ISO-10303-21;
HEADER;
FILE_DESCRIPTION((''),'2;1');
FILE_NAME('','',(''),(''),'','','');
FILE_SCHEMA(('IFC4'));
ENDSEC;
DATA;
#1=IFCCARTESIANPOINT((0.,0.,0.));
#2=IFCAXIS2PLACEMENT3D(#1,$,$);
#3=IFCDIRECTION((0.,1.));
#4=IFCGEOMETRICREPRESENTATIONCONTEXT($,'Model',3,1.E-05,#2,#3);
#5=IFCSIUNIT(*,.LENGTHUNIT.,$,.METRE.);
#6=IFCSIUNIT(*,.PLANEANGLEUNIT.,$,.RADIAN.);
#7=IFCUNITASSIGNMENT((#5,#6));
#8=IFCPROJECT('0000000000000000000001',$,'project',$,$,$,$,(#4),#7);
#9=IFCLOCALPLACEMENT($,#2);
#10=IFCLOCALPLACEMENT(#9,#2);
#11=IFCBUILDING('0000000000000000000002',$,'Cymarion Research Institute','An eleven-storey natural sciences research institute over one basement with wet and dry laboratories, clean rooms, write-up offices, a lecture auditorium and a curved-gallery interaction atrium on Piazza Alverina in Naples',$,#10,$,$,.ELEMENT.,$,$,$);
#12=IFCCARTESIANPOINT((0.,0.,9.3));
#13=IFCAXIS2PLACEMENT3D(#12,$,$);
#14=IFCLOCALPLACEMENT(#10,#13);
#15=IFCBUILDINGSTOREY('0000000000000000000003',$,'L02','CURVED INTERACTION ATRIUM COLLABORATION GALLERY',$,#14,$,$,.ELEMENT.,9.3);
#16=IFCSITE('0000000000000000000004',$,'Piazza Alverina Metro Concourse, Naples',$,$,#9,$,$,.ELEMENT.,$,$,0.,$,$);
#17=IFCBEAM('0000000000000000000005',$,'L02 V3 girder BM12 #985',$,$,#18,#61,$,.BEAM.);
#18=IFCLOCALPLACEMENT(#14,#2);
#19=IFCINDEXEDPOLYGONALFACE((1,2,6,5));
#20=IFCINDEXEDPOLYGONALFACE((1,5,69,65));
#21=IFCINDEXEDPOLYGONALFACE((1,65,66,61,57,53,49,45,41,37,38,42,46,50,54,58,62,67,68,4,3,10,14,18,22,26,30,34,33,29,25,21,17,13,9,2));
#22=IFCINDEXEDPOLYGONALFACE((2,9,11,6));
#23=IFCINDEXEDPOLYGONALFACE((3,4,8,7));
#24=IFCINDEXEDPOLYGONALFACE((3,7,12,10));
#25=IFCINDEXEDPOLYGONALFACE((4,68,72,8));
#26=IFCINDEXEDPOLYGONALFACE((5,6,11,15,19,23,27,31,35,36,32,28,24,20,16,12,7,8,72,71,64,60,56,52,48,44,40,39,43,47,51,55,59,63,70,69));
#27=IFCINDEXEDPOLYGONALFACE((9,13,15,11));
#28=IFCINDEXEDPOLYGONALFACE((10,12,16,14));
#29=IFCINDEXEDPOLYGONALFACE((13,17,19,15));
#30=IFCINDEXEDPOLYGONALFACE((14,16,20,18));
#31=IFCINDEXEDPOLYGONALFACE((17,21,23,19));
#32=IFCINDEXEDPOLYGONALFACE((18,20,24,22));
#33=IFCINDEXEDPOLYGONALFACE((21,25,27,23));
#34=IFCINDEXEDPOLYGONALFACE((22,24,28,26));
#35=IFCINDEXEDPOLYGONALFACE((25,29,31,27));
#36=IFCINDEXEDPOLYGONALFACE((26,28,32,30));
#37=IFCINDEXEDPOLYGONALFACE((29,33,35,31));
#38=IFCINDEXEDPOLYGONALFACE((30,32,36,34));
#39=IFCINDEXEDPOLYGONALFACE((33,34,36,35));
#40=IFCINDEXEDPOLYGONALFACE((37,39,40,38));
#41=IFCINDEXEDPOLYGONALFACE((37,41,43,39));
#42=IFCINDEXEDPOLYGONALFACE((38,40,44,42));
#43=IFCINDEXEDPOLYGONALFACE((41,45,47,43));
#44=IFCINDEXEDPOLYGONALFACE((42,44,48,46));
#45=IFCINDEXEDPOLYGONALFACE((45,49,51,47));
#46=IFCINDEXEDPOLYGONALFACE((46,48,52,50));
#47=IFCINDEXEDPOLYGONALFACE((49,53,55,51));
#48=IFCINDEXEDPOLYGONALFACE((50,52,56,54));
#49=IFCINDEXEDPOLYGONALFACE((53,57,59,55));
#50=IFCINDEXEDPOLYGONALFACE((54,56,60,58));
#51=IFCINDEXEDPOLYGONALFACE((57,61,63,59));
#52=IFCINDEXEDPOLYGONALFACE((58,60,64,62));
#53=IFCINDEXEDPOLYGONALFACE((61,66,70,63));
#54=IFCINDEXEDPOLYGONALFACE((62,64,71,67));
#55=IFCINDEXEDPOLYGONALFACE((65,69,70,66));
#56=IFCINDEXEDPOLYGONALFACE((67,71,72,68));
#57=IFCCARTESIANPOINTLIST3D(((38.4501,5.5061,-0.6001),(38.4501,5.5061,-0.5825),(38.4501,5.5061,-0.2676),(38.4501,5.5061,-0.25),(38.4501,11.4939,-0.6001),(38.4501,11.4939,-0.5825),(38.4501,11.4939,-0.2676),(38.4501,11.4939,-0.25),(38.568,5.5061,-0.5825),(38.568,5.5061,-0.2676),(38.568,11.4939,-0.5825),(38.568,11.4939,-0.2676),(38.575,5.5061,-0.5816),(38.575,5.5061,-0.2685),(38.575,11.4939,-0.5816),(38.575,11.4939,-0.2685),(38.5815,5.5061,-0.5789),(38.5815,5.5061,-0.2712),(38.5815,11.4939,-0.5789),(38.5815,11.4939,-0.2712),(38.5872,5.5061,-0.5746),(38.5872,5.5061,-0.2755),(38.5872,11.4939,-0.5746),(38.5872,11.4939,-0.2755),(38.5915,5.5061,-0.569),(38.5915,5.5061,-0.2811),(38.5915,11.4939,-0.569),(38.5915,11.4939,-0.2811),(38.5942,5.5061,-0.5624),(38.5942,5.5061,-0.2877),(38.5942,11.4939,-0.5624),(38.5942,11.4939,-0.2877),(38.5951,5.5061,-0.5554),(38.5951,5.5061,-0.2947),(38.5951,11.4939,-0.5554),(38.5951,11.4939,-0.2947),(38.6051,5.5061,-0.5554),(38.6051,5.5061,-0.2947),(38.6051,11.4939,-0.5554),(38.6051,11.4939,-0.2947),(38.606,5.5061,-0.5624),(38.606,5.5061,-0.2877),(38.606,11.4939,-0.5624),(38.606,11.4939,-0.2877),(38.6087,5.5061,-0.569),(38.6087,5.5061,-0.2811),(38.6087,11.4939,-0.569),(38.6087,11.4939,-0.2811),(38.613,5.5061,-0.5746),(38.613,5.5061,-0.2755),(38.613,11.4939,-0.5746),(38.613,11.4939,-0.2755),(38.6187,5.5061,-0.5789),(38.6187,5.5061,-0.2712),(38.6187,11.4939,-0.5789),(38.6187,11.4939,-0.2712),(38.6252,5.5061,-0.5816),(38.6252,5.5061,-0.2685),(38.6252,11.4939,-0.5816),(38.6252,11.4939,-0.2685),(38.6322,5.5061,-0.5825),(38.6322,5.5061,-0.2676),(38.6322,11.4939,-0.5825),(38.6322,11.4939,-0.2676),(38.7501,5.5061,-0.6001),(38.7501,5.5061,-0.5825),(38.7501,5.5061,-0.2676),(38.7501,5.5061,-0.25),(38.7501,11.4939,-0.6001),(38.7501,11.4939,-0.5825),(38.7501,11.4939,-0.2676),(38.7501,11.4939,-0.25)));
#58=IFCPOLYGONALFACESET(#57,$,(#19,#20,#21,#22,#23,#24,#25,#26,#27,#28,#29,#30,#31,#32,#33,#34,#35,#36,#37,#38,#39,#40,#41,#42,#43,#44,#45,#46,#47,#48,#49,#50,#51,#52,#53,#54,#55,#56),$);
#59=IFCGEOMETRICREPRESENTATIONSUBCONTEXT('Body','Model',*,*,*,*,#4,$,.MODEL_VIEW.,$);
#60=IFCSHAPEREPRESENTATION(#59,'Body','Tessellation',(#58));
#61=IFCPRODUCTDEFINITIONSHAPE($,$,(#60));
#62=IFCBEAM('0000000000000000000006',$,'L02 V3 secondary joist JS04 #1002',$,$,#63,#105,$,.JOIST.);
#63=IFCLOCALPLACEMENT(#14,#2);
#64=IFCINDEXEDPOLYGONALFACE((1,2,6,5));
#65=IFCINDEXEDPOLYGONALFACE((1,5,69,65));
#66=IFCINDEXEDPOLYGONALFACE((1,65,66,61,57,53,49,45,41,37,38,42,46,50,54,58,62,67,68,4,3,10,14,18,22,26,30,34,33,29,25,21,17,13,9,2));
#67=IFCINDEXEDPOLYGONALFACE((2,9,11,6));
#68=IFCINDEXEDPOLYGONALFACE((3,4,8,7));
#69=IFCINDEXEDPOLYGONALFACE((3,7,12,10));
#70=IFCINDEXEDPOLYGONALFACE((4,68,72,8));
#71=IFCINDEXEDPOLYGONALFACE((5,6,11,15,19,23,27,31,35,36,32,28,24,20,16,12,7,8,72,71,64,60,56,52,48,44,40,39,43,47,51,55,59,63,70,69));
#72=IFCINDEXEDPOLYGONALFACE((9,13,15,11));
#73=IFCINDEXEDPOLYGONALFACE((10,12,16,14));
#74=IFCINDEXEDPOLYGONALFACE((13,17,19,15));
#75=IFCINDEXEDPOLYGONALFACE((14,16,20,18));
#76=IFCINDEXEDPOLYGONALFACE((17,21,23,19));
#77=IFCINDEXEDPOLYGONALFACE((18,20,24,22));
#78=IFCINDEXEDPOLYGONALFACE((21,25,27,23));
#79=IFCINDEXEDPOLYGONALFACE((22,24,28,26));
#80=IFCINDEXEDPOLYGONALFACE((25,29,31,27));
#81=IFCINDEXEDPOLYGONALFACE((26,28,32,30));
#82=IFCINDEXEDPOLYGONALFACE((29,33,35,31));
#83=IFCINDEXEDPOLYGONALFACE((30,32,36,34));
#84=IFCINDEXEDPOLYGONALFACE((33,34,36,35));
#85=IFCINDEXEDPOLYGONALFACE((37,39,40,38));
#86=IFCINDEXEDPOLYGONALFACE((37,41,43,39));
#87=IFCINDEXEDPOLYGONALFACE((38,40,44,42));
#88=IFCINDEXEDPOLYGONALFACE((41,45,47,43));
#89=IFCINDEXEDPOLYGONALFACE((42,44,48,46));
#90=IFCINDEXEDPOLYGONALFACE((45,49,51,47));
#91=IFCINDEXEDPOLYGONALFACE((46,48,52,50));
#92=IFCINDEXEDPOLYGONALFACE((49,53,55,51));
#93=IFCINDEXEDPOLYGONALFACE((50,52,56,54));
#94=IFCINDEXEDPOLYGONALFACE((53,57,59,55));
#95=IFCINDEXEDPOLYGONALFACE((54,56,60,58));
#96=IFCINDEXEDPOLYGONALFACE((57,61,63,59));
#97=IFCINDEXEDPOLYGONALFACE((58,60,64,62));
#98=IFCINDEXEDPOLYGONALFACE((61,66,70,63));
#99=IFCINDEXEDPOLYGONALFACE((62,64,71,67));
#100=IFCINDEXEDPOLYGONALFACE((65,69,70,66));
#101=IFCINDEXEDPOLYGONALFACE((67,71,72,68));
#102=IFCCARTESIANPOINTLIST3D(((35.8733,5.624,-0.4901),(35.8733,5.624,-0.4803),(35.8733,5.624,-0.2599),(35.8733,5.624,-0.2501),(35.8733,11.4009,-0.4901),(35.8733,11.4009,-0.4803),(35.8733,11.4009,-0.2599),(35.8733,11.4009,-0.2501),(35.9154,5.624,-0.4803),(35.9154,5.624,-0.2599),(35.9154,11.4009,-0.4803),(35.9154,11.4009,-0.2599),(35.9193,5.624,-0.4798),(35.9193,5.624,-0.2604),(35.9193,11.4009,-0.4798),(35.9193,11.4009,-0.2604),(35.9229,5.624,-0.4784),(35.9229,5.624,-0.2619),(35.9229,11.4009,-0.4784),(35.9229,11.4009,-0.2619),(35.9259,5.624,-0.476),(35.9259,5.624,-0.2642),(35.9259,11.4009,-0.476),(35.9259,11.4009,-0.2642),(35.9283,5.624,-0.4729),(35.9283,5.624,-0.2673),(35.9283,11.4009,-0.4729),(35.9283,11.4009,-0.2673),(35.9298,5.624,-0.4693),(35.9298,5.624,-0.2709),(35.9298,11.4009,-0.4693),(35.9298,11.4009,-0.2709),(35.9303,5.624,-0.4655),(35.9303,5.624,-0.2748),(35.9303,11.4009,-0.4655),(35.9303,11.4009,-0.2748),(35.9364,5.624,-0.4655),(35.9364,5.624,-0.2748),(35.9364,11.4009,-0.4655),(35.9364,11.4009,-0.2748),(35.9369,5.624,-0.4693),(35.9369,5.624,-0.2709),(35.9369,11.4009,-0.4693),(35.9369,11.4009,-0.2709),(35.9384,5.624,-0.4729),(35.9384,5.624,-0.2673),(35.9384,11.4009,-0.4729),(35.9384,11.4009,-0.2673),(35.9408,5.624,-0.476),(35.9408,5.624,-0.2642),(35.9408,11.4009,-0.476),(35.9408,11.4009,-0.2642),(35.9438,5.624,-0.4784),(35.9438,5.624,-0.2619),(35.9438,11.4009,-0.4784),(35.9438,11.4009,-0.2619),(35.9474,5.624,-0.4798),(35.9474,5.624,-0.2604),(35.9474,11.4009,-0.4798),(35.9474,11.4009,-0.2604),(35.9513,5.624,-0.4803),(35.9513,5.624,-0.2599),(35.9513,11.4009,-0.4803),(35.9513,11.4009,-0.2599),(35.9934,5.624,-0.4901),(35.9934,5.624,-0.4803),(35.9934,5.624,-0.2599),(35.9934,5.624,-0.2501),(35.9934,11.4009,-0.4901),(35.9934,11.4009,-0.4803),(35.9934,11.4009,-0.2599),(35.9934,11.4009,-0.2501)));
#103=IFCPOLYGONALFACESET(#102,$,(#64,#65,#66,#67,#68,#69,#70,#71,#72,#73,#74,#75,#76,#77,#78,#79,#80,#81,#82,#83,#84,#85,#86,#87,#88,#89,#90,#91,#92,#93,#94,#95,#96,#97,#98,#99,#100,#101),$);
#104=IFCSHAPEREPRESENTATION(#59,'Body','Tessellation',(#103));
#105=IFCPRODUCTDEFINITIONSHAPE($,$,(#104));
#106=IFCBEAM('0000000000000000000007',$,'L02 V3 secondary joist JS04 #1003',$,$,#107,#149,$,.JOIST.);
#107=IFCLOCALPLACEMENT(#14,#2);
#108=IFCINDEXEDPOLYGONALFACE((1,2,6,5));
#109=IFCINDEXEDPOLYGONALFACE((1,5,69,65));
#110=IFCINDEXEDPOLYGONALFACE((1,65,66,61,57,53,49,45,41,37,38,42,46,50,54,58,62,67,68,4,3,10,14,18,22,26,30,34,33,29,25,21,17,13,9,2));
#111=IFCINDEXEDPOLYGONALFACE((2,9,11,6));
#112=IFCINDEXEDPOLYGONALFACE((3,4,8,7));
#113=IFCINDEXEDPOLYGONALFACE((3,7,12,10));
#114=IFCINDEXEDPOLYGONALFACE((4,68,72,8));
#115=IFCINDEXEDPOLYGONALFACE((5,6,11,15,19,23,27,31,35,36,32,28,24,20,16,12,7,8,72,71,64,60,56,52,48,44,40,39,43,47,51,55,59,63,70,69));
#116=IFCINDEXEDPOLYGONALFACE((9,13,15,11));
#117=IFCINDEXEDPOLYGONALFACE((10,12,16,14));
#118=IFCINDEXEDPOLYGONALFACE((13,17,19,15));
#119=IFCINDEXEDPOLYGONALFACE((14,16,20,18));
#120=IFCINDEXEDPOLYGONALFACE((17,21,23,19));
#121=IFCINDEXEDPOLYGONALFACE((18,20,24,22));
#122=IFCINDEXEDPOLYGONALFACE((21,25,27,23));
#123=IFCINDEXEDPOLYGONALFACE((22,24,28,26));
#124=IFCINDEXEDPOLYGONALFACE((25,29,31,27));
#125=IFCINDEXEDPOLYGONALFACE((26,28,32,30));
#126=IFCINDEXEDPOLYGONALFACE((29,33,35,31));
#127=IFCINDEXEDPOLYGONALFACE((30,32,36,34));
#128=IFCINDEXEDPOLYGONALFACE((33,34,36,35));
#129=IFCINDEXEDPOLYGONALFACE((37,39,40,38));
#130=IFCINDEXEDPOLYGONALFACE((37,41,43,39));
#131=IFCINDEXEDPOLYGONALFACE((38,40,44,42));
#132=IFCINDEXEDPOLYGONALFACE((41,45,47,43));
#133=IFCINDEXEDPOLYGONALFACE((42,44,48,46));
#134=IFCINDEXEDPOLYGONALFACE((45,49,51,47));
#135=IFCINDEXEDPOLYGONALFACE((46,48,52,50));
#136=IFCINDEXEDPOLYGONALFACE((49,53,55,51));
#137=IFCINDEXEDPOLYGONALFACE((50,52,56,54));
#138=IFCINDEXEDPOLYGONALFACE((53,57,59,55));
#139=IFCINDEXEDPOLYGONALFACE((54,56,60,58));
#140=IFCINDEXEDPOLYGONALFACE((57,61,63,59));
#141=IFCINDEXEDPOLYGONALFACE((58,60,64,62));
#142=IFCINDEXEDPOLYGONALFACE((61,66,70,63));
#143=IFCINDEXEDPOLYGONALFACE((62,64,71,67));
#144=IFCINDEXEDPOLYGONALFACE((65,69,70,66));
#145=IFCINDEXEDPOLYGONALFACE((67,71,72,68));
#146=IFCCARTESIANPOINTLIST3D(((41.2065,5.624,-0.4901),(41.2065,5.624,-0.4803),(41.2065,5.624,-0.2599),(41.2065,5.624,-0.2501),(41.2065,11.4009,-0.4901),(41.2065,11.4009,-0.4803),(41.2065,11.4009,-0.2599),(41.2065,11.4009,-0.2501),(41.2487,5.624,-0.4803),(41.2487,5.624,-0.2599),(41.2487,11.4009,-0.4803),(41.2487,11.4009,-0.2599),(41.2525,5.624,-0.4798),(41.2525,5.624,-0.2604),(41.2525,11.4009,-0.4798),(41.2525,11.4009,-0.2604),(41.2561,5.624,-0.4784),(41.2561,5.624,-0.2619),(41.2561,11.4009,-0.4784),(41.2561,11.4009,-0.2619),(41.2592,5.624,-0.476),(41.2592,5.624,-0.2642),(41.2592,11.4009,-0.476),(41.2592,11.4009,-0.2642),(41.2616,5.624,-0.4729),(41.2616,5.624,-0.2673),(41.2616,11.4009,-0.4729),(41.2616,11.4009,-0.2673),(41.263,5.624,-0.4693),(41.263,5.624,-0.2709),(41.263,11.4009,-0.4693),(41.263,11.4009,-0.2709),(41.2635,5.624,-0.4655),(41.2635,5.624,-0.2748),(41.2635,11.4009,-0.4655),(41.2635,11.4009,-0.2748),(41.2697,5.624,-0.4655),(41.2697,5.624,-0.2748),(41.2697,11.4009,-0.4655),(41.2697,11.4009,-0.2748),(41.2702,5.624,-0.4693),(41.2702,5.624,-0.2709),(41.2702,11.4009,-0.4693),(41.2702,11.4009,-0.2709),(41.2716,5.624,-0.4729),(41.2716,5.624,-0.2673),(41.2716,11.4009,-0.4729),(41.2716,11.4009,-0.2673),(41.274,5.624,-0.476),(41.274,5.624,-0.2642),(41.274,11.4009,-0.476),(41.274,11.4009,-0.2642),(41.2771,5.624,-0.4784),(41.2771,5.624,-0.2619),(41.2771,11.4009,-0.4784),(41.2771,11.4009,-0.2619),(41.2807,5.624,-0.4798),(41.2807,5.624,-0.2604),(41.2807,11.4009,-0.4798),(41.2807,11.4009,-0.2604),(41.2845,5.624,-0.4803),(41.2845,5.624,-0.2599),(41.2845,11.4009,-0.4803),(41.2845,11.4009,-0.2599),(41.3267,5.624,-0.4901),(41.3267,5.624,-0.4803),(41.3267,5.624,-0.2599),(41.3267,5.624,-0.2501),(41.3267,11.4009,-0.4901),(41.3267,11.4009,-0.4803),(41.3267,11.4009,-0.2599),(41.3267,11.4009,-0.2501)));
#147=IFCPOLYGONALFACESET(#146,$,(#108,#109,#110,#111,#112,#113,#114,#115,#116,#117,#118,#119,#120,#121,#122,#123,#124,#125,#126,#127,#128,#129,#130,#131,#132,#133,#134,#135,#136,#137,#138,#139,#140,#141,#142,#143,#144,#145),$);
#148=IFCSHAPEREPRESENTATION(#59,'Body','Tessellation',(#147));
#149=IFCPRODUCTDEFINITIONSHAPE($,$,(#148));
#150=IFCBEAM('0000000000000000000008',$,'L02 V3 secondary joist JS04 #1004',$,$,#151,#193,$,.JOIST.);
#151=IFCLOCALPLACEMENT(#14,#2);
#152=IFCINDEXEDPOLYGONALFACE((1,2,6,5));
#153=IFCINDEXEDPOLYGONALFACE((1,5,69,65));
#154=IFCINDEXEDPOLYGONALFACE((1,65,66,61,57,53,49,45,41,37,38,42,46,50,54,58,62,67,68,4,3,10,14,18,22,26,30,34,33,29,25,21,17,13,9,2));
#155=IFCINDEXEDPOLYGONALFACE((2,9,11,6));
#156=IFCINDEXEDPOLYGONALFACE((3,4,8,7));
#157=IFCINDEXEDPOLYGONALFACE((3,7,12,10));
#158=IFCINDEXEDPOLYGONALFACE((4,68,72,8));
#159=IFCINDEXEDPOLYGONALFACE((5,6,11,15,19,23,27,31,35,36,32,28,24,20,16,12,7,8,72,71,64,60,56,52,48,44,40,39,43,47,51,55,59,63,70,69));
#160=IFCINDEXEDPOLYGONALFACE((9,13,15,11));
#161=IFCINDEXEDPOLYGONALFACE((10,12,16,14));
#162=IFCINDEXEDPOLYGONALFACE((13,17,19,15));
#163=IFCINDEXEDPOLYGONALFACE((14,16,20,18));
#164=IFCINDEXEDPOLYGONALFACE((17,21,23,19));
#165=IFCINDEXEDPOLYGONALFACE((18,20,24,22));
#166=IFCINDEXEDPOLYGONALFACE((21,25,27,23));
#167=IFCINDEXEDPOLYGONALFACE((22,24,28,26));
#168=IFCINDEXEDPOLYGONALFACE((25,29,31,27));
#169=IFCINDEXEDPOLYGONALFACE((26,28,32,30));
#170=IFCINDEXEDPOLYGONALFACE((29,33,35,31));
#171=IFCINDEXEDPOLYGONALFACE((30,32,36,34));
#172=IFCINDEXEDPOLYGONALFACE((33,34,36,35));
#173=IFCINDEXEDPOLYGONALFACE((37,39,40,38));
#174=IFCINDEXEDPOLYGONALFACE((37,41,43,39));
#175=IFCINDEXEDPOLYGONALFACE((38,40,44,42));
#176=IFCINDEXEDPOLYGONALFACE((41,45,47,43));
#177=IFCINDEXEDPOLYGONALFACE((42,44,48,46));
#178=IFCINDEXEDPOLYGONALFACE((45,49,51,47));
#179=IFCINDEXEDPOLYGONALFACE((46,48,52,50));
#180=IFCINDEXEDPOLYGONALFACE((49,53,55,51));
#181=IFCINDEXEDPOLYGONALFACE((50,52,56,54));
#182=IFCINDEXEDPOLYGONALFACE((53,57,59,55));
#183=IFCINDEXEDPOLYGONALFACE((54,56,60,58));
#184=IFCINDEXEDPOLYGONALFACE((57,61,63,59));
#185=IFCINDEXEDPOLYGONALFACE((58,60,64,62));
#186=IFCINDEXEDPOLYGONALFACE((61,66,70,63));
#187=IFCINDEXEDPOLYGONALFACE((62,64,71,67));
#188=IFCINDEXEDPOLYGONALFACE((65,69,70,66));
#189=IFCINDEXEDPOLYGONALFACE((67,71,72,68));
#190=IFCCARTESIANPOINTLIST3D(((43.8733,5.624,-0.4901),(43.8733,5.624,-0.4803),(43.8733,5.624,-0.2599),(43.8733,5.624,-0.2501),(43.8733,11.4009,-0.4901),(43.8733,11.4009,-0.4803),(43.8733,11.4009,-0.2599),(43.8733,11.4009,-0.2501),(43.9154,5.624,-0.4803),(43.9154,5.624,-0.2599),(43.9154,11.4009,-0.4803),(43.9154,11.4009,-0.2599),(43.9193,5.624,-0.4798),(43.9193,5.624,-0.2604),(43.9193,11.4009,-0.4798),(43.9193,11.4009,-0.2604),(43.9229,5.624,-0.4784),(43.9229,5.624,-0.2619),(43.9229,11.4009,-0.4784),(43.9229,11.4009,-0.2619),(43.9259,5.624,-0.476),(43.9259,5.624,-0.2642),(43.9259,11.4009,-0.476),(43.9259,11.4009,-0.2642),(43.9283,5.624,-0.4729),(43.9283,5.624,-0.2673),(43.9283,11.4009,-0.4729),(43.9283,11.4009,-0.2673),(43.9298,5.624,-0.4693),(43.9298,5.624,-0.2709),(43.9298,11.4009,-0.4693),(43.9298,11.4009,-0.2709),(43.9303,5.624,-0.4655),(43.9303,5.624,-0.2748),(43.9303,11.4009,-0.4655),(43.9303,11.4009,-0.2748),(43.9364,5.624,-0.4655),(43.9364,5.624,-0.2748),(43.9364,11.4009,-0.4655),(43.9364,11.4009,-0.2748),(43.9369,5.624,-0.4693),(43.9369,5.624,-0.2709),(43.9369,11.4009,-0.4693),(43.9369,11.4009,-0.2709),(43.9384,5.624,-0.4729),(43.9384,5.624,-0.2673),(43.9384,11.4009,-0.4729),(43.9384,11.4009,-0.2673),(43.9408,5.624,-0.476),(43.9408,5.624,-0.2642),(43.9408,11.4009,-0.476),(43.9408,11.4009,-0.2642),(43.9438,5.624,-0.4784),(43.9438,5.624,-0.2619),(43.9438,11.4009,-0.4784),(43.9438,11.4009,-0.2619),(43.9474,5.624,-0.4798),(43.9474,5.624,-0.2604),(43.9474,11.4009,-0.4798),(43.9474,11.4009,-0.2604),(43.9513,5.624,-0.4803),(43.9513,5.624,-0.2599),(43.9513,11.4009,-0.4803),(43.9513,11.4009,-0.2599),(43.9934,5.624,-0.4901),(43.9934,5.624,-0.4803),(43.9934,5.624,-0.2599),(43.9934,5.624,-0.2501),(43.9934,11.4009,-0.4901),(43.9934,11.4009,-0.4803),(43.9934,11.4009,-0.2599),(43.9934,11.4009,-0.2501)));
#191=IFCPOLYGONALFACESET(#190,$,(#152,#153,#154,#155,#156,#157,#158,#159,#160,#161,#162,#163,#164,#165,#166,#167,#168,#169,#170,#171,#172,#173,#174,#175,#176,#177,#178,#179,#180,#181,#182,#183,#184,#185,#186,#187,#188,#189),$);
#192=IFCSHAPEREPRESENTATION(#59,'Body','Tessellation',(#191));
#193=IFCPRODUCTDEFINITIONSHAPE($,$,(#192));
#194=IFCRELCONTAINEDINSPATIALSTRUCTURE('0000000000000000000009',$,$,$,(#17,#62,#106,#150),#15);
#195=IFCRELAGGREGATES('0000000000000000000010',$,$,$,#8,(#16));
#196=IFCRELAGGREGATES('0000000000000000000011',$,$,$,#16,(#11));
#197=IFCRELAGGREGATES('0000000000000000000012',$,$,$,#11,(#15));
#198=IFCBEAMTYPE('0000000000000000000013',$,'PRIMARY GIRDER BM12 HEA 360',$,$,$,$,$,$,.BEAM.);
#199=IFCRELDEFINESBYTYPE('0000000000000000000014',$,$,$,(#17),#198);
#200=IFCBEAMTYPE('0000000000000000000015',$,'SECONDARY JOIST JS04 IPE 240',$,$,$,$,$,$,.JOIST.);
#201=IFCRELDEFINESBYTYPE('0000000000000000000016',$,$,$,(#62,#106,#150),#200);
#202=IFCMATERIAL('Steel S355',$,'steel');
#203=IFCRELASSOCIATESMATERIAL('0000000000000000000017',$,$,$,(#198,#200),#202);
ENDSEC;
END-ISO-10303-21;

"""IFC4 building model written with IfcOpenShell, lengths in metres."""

from ifc_helpers import new_model, si_unit, direction, frame, origin, origin_2d, place, context, subcontext, project, spatial, i_section, extrude, material, material_profile, profile_set, type_object, element, save


model = new_model("IFC4")

# Units and contexts
model_context = context("Model", 3, precision=1e-05, world=origin(), true_north=direction((0.0, 1.0)))
body_context = subcontext(model_context, "Body", "Model", "MODEL_VIEW")
ifc_project = project(units=[si_unit("LENGTHUNIT", "METRE"), si_unit("PLANEANGLEUNIT", "RADIAN")], contexts=[model_context])

# Site, building, storey
site_placement = place(None, origin())
site = spatial("IfcSite", under=ifc_project, at=site_placement, Name="Piazza Alverina Metro Concourse, Naples", CompositionType="ELEMENT", RefElevation=0.0)
building_placement = place(site_placement, origin())
building = spatial("IfcBuilding", under=site, at=building_placement, Name="Cymarion Research Institute", Description="An eleven-storey natural sciences research institute over one basement with wet and dry laboratories, clean rooms, write-up offices, a lecture auditorium and a curved-gallery interaction atrium on Piazza Alverina in Naples", CompositionType="ELEMENT")
storey_placement = place(building_placement, frame((0.0, 0.0, 9.3)))
storey = spatial("IfcBuildingStorey", under=building, at=storey_placement, Name="L02", Description="CURVED INTERACTION ATRIUM COLLABORATION GALLERY", CompositionType="ELEMENT", Elevation=9.3)

# Shared definitions
ifc_material_1 = material(Name="Steel S355", Category="steel")

# Beams
ifc_material_profile_1 = material_profile(ifc_material_1, i_section(OverallWidth=0.3, OverallDepth=0.3501, WebThickness=0.01, FlangeThickness=0.0176, FilletRadius=0.0271, at=origin_2d()), Name="HEA 360")
ifc_profile_set_1 = profile_set([ifc_material_profile_1], Name="Steel S355")
beam_type_1 = type_object("IfcBeamType", Name="PRIMARY GIRDER BM12 HEA 360", PredefinedType="BEAM", material=ifc_profile_set_1)
beam_1_placement = place(storey_placement, frame((38.6001, 5.5061, -0.425), z_axis=(0.0, 1.0, 0.0), x_axis=(-1.0, 0.0, 0.0)))
element("IfcBeam", 1, at=beam_1_placement, inside=storey, type_object=beam_type_1, Name="L02 V3 girder BM12 #985", PredefinedType="BEAM", context=body_context, shape_type="SweptSolid", body=[
    extrude(i_section(OverallWidth=0.3, OverallDepth=0.3501, WebThickness=0.01, FlangeThickness=0.0176, FilletRadius=0.0271, at=origin_2d()), origin(), (0.0, 0.0, 1.0), 5.9878),
])
ifc_material_profile_2 = material_profile(ifc_material_1, i_section(OverallWidth=0.1201, OverallDepth=0.24, WebThickness=0.0061, FlangeThickness=0.0098, FilletRadius=0.0149, at=origin_2d()), Name="IPE 240")
ifc_profile_set_2 = profile_set([ifc_material_profile_2], Name="Steel S355")
beam_type_2 = type_object("IfcBeamType", Name="SECONDARY JOIST JS04 IPE 240", PredefinedType="JOIST", material=ifc_profile_set_2)
for number, where, z_axis, x_axis, name in (
    (2, (35.9333, 5.624, -0.3701), (0.0, 1.0, 0.0), (-1.0, 0.0, 0.0), "L02 V3 secondary joist JS04 #1002"),
    (3, (41.2666, 5.624, -0.3701), (0.0, 1.0, 0.0), (-1.0, 0.0, 0.0), "L02 V3 secondary joist JS04 #1003"),
    (4, (43.9333, 5.624, -0.3701), (0.0, 1.0, 0.0), (-1.0, 0.0, 0.0), "L02 V3 secondary joist JS04 #1004"),
):
    element("IfcBeam", number, at=place(storey_placement, frame(where, z_axis=z_axis, x_axis=x_axis)), inside=storey, type_object=beam_type_2, Name=name, PredefinedType="JOIST", context=body_context, shape_type="SweptSolid", body=[
        extrude(i_section(OverallWidth=0.1201, OverallDepth=0.24, WebThickness=0.0061, FlangeThickness=0.0098, FilletRadius=0.0149, at=origin_2d()), origin(), (0.0, 0.0, 1.0), 5.7769),
    ])

save(model, "model.ifc")
